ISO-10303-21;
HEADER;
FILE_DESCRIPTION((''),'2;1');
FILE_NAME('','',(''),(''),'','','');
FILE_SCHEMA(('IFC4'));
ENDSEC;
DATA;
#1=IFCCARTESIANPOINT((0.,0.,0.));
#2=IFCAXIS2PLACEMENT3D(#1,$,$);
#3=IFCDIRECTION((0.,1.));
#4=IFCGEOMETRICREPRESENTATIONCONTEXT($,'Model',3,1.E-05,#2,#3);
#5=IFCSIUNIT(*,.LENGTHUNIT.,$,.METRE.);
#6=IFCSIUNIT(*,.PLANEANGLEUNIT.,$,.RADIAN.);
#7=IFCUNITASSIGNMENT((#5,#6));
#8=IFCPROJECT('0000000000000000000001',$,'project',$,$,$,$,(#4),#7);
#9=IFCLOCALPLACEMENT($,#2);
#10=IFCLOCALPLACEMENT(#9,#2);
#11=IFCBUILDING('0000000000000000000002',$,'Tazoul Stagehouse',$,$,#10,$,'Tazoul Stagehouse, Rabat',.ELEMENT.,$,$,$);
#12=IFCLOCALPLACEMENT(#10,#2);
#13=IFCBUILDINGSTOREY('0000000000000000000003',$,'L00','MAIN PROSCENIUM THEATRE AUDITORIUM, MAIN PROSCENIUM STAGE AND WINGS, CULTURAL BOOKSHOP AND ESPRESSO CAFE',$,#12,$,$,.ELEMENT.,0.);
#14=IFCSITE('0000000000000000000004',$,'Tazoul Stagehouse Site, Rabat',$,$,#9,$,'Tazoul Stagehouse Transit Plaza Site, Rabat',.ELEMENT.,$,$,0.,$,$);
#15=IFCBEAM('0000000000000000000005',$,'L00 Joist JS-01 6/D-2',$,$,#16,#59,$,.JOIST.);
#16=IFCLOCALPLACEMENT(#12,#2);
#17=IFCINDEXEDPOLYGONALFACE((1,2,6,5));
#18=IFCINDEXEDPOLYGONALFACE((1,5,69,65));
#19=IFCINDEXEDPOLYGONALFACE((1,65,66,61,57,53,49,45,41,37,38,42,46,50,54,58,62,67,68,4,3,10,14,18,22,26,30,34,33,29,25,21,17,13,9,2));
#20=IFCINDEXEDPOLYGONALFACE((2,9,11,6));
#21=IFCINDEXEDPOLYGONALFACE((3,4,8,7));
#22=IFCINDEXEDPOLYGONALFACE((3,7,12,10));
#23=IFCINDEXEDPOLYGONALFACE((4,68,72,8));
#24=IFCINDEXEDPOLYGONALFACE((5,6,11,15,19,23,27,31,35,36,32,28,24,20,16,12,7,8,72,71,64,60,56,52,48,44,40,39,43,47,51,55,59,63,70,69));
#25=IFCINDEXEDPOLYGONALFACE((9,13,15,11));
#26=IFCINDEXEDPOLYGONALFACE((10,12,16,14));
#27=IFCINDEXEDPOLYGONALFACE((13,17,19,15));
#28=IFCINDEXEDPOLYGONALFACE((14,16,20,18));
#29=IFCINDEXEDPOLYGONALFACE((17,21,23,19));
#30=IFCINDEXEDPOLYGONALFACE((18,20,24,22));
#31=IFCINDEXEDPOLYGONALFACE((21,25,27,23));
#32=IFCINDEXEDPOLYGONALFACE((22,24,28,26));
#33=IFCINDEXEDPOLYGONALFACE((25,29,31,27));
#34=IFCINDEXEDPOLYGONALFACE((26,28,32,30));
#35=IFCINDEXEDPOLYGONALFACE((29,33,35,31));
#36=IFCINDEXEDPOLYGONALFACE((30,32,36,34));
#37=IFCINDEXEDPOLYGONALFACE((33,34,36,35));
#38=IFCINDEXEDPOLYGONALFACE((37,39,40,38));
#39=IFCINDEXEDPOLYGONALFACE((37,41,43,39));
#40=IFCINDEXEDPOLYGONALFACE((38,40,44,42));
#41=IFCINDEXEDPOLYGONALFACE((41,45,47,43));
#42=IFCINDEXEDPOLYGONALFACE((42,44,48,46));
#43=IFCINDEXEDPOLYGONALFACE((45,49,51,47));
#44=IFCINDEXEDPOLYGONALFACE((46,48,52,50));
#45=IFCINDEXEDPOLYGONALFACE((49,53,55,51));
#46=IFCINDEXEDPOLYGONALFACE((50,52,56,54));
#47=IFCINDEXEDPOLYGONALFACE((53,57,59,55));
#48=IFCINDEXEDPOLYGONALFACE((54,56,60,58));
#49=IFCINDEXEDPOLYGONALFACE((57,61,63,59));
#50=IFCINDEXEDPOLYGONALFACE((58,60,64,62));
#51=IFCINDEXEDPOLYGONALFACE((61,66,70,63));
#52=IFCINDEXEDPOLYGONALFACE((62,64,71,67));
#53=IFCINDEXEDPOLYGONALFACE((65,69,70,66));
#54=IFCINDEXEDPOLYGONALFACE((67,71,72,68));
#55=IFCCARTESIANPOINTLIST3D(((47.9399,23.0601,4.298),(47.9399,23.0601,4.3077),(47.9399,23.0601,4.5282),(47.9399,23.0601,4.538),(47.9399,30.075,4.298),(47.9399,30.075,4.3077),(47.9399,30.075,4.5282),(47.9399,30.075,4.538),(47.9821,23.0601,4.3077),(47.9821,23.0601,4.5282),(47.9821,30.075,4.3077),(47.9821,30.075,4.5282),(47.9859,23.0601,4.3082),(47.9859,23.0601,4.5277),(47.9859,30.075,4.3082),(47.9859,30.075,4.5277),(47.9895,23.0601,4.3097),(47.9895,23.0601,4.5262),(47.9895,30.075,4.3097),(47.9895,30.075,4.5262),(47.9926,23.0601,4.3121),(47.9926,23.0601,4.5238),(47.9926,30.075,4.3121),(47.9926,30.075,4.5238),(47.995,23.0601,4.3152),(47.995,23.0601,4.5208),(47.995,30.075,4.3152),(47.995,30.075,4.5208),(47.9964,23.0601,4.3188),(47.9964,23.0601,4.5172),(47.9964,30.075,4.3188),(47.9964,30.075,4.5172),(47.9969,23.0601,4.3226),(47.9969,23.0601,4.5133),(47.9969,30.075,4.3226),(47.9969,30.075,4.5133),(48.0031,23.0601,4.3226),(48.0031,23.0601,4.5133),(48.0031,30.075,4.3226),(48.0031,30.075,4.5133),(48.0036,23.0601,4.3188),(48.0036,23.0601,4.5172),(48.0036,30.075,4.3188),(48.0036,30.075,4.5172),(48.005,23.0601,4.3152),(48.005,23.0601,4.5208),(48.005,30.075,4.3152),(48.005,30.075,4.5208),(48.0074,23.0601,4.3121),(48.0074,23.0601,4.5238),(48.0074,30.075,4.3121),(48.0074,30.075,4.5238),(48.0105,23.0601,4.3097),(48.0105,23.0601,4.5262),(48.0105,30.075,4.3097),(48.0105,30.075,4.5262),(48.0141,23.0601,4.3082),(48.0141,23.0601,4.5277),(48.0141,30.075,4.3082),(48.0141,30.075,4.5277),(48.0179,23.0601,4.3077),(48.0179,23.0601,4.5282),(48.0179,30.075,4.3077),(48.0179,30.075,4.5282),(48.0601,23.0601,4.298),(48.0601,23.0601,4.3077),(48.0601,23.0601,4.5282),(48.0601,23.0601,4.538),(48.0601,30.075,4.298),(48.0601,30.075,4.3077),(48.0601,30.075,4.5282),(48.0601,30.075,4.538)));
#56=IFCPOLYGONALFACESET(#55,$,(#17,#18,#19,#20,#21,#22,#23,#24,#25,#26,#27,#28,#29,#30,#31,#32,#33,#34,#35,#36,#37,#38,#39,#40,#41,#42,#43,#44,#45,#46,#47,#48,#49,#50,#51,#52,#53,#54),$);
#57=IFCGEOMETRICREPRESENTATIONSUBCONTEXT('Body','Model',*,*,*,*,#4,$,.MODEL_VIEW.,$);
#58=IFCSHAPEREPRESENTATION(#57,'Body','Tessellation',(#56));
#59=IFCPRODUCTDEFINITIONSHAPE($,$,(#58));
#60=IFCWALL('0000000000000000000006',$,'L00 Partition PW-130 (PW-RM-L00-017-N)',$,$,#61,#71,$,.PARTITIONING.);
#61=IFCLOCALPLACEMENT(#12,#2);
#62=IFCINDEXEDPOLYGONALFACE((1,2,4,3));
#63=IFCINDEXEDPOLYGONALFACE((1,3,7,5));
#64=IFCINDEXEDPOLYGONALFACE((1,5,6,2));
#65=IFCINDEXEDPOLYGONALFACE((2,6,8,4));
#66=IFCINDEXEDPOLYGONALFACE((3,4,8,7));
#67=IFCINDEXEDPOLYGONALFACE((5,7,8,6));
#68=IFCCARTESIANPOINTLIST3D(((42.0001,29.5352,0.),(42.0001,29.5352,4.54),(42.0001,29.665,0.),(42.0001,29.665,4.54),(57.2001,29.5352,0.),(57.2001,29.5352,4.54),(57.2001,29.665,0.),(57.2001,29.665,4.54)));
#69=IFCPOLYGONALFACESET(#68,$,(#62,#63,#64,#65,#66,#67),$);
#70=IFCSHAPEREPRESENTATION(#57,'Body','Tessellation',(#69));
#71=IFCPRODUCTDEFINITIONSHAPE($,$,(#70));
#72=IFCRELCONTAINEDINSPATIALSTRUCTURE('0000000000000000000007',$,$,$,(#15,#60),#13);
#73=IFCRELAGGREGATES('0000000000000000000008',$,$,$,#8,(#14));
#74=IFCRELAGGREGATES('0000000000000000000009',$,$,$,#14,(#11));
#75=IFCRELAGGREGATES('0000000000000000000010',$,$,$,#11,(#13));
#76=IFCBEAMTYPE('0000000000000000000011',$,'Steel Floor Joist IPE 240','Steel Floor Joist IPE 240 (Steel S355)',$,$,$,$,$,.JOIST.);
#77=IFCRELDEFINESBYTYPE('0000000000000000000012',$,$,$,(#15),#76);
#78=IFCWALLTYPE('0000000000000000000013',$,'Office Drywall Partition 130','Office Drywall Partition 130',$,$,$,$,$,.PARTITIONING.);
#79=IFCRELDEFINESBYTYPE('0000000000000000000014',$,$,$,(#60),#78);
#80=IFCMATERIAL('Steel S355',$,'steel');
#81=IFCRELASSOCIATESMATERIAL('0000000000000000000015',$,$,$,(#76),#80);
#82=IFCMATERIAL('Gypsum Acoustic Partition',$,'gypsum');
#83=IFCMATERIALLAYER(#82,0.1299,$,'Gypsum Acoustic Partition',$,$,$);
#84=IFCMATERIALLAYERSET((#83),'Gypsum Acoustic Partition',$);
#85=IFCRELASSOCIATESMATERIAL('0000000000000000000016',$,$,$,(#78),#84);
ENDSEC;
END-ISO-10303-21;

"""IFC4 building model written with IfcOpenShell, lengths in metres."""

from ifc_helpers import new_model, si_unit, direction, frame, frame_2d, origin, origin_2d, place, context, subcontext, project, spatial, rectangle, i_section, extrude, material, layer, layer_set, material_profile, profile_set, type_object, element, save


model = new_model("IFC4")

# Units and contexts
model_context = context("Model", 3, precision=1e-05, world=origin(), true_north=direction((0.0, 1.0)))
body_context = subcontext(model_context, "Body", "Model", "MODEL_VIEW")
ifc_project = project(units=[si_unit("LENGTHUNIT", "METRE"), si_unit("PLANEANGLEUNIT", "RADIAN")], contexts=[model_context])

# Site, building, storey
site_placement = place(None, origin())
site = spatial("IfcSite", under=ifc_project, at=site_placement, Name="Tazoul Stagehouse Site, Rabat", LongName="Tazoul Stagehouse Transit Plaza Site, Rabat", CompositionType="ELEMENT", RefElevation=0.0)
building_placement = place(site_placement, origin())
building = spatial("IfcBuilding", under=site, at=building_placement, Name="Tazoul Stagehouse", LongName="Tazoul Stagehouse, Rabat", CompositionType="ELEMENT")
storey_placement = place(building_placement, origin())
storey = spatial("IfcBuildingStorey", under=building, at=storey_placement, Name="L00", Description="MAIN PROSCENIUM THEATRE AUDITORIUM, MAIN PROSCENIUM STAGE AND WINGS, CULTURAL BOOKSHOP AND ESPRESSO CAFE", CompositionType="ELEMENT", Elevation=0.0)

# Beam
ifc_material_1 = material(Name="Steel S355", Category="steel")
ifc_material_profile_1 = material_profile(ifc_material_1, i_section(OverallWidth=0.1201, OverallDepth=0.24, WebThickness=0.0061, FlangeThickness=0.0098, FilletRadius=0.0149, at=origin_2d()), Name="IPE 240")
ifc_profile_set_1 = profile_set([ifc_material_profile_1], Name="Steel S355")
beam_type_1 = type_object("IfcBeamType", Name="Steel Floor Joist IPE 240", Description="Steel Floor Joist IPE 240 (Steel S355)", PredefinedType="JOIST", material=ifc_profile_set_1)
for number, where, z_axis, x_axis, name in (
    (1, (48.0, 23.0601, 4.418), (0.0, 1.0, 0.0), (-1.0, 0.0, 0.0), "L00 Joist JS-01 6/D-2"),
):
    element("IfcBeam", number, at=place(storey_placement, frame(where, z_axis=z_axis, x_axis=x_axis)), inside=storey, type_object=beam_type_1, Name=name, PredefinedType="JOIST", context=body_context, shape_type="SweptSolid", body=[
        extrude(i_section(OverallWidth=0.1201, OverallDepth=0.24, WebThickness=0.0061, FlangeThickness=0.0098, FilletRadius=0.0149, at=origin_2d()), origin(), (0.0, 0.0, 1.0), 7.0149),
    ])

# Wall
ifc_material_2 = material(Name="Gypsum Acoustic Partition", Category="gypsum")
ifc_layer_1 = layer(ifc_material_2, 0.1299, Name="Gypsum Acoustic Partition")
ifc_layer_set_1 = layer_set([ifc_layer_1], Name="Gypsum Acoustic Partition")
wall_type = type_object("IfcWallType", Name="Office Drywall Partition 130", Description="Office Drywall Partition 130", PredefinedType="PARTITIONING", material=ifc_layer_set_1)
wall_placement = place(storey_placement, frame((42.0, 29.6001, 0.0), z_axis=(0.0, 0.0, 1.0), x_axis=(1.0, 0.0, 0.0)))
element("IfcWall", 2, at=wall_placement, inside=storey, type_object=wall_type, Name="L00 Partition PW-130 (PW-RM-L00-017-N)", PredefinedType="PARTITIONING", context=body_context, shape_type="SweptSolid", body=[
    extrude(rectangle(XDim=15.2, YDim=0.1299, at=frame_2d((7.6001, 0.0))), origin(), (0.0, 0.0, 1.0), 4.54),
])

save(model, "model.ifc")
